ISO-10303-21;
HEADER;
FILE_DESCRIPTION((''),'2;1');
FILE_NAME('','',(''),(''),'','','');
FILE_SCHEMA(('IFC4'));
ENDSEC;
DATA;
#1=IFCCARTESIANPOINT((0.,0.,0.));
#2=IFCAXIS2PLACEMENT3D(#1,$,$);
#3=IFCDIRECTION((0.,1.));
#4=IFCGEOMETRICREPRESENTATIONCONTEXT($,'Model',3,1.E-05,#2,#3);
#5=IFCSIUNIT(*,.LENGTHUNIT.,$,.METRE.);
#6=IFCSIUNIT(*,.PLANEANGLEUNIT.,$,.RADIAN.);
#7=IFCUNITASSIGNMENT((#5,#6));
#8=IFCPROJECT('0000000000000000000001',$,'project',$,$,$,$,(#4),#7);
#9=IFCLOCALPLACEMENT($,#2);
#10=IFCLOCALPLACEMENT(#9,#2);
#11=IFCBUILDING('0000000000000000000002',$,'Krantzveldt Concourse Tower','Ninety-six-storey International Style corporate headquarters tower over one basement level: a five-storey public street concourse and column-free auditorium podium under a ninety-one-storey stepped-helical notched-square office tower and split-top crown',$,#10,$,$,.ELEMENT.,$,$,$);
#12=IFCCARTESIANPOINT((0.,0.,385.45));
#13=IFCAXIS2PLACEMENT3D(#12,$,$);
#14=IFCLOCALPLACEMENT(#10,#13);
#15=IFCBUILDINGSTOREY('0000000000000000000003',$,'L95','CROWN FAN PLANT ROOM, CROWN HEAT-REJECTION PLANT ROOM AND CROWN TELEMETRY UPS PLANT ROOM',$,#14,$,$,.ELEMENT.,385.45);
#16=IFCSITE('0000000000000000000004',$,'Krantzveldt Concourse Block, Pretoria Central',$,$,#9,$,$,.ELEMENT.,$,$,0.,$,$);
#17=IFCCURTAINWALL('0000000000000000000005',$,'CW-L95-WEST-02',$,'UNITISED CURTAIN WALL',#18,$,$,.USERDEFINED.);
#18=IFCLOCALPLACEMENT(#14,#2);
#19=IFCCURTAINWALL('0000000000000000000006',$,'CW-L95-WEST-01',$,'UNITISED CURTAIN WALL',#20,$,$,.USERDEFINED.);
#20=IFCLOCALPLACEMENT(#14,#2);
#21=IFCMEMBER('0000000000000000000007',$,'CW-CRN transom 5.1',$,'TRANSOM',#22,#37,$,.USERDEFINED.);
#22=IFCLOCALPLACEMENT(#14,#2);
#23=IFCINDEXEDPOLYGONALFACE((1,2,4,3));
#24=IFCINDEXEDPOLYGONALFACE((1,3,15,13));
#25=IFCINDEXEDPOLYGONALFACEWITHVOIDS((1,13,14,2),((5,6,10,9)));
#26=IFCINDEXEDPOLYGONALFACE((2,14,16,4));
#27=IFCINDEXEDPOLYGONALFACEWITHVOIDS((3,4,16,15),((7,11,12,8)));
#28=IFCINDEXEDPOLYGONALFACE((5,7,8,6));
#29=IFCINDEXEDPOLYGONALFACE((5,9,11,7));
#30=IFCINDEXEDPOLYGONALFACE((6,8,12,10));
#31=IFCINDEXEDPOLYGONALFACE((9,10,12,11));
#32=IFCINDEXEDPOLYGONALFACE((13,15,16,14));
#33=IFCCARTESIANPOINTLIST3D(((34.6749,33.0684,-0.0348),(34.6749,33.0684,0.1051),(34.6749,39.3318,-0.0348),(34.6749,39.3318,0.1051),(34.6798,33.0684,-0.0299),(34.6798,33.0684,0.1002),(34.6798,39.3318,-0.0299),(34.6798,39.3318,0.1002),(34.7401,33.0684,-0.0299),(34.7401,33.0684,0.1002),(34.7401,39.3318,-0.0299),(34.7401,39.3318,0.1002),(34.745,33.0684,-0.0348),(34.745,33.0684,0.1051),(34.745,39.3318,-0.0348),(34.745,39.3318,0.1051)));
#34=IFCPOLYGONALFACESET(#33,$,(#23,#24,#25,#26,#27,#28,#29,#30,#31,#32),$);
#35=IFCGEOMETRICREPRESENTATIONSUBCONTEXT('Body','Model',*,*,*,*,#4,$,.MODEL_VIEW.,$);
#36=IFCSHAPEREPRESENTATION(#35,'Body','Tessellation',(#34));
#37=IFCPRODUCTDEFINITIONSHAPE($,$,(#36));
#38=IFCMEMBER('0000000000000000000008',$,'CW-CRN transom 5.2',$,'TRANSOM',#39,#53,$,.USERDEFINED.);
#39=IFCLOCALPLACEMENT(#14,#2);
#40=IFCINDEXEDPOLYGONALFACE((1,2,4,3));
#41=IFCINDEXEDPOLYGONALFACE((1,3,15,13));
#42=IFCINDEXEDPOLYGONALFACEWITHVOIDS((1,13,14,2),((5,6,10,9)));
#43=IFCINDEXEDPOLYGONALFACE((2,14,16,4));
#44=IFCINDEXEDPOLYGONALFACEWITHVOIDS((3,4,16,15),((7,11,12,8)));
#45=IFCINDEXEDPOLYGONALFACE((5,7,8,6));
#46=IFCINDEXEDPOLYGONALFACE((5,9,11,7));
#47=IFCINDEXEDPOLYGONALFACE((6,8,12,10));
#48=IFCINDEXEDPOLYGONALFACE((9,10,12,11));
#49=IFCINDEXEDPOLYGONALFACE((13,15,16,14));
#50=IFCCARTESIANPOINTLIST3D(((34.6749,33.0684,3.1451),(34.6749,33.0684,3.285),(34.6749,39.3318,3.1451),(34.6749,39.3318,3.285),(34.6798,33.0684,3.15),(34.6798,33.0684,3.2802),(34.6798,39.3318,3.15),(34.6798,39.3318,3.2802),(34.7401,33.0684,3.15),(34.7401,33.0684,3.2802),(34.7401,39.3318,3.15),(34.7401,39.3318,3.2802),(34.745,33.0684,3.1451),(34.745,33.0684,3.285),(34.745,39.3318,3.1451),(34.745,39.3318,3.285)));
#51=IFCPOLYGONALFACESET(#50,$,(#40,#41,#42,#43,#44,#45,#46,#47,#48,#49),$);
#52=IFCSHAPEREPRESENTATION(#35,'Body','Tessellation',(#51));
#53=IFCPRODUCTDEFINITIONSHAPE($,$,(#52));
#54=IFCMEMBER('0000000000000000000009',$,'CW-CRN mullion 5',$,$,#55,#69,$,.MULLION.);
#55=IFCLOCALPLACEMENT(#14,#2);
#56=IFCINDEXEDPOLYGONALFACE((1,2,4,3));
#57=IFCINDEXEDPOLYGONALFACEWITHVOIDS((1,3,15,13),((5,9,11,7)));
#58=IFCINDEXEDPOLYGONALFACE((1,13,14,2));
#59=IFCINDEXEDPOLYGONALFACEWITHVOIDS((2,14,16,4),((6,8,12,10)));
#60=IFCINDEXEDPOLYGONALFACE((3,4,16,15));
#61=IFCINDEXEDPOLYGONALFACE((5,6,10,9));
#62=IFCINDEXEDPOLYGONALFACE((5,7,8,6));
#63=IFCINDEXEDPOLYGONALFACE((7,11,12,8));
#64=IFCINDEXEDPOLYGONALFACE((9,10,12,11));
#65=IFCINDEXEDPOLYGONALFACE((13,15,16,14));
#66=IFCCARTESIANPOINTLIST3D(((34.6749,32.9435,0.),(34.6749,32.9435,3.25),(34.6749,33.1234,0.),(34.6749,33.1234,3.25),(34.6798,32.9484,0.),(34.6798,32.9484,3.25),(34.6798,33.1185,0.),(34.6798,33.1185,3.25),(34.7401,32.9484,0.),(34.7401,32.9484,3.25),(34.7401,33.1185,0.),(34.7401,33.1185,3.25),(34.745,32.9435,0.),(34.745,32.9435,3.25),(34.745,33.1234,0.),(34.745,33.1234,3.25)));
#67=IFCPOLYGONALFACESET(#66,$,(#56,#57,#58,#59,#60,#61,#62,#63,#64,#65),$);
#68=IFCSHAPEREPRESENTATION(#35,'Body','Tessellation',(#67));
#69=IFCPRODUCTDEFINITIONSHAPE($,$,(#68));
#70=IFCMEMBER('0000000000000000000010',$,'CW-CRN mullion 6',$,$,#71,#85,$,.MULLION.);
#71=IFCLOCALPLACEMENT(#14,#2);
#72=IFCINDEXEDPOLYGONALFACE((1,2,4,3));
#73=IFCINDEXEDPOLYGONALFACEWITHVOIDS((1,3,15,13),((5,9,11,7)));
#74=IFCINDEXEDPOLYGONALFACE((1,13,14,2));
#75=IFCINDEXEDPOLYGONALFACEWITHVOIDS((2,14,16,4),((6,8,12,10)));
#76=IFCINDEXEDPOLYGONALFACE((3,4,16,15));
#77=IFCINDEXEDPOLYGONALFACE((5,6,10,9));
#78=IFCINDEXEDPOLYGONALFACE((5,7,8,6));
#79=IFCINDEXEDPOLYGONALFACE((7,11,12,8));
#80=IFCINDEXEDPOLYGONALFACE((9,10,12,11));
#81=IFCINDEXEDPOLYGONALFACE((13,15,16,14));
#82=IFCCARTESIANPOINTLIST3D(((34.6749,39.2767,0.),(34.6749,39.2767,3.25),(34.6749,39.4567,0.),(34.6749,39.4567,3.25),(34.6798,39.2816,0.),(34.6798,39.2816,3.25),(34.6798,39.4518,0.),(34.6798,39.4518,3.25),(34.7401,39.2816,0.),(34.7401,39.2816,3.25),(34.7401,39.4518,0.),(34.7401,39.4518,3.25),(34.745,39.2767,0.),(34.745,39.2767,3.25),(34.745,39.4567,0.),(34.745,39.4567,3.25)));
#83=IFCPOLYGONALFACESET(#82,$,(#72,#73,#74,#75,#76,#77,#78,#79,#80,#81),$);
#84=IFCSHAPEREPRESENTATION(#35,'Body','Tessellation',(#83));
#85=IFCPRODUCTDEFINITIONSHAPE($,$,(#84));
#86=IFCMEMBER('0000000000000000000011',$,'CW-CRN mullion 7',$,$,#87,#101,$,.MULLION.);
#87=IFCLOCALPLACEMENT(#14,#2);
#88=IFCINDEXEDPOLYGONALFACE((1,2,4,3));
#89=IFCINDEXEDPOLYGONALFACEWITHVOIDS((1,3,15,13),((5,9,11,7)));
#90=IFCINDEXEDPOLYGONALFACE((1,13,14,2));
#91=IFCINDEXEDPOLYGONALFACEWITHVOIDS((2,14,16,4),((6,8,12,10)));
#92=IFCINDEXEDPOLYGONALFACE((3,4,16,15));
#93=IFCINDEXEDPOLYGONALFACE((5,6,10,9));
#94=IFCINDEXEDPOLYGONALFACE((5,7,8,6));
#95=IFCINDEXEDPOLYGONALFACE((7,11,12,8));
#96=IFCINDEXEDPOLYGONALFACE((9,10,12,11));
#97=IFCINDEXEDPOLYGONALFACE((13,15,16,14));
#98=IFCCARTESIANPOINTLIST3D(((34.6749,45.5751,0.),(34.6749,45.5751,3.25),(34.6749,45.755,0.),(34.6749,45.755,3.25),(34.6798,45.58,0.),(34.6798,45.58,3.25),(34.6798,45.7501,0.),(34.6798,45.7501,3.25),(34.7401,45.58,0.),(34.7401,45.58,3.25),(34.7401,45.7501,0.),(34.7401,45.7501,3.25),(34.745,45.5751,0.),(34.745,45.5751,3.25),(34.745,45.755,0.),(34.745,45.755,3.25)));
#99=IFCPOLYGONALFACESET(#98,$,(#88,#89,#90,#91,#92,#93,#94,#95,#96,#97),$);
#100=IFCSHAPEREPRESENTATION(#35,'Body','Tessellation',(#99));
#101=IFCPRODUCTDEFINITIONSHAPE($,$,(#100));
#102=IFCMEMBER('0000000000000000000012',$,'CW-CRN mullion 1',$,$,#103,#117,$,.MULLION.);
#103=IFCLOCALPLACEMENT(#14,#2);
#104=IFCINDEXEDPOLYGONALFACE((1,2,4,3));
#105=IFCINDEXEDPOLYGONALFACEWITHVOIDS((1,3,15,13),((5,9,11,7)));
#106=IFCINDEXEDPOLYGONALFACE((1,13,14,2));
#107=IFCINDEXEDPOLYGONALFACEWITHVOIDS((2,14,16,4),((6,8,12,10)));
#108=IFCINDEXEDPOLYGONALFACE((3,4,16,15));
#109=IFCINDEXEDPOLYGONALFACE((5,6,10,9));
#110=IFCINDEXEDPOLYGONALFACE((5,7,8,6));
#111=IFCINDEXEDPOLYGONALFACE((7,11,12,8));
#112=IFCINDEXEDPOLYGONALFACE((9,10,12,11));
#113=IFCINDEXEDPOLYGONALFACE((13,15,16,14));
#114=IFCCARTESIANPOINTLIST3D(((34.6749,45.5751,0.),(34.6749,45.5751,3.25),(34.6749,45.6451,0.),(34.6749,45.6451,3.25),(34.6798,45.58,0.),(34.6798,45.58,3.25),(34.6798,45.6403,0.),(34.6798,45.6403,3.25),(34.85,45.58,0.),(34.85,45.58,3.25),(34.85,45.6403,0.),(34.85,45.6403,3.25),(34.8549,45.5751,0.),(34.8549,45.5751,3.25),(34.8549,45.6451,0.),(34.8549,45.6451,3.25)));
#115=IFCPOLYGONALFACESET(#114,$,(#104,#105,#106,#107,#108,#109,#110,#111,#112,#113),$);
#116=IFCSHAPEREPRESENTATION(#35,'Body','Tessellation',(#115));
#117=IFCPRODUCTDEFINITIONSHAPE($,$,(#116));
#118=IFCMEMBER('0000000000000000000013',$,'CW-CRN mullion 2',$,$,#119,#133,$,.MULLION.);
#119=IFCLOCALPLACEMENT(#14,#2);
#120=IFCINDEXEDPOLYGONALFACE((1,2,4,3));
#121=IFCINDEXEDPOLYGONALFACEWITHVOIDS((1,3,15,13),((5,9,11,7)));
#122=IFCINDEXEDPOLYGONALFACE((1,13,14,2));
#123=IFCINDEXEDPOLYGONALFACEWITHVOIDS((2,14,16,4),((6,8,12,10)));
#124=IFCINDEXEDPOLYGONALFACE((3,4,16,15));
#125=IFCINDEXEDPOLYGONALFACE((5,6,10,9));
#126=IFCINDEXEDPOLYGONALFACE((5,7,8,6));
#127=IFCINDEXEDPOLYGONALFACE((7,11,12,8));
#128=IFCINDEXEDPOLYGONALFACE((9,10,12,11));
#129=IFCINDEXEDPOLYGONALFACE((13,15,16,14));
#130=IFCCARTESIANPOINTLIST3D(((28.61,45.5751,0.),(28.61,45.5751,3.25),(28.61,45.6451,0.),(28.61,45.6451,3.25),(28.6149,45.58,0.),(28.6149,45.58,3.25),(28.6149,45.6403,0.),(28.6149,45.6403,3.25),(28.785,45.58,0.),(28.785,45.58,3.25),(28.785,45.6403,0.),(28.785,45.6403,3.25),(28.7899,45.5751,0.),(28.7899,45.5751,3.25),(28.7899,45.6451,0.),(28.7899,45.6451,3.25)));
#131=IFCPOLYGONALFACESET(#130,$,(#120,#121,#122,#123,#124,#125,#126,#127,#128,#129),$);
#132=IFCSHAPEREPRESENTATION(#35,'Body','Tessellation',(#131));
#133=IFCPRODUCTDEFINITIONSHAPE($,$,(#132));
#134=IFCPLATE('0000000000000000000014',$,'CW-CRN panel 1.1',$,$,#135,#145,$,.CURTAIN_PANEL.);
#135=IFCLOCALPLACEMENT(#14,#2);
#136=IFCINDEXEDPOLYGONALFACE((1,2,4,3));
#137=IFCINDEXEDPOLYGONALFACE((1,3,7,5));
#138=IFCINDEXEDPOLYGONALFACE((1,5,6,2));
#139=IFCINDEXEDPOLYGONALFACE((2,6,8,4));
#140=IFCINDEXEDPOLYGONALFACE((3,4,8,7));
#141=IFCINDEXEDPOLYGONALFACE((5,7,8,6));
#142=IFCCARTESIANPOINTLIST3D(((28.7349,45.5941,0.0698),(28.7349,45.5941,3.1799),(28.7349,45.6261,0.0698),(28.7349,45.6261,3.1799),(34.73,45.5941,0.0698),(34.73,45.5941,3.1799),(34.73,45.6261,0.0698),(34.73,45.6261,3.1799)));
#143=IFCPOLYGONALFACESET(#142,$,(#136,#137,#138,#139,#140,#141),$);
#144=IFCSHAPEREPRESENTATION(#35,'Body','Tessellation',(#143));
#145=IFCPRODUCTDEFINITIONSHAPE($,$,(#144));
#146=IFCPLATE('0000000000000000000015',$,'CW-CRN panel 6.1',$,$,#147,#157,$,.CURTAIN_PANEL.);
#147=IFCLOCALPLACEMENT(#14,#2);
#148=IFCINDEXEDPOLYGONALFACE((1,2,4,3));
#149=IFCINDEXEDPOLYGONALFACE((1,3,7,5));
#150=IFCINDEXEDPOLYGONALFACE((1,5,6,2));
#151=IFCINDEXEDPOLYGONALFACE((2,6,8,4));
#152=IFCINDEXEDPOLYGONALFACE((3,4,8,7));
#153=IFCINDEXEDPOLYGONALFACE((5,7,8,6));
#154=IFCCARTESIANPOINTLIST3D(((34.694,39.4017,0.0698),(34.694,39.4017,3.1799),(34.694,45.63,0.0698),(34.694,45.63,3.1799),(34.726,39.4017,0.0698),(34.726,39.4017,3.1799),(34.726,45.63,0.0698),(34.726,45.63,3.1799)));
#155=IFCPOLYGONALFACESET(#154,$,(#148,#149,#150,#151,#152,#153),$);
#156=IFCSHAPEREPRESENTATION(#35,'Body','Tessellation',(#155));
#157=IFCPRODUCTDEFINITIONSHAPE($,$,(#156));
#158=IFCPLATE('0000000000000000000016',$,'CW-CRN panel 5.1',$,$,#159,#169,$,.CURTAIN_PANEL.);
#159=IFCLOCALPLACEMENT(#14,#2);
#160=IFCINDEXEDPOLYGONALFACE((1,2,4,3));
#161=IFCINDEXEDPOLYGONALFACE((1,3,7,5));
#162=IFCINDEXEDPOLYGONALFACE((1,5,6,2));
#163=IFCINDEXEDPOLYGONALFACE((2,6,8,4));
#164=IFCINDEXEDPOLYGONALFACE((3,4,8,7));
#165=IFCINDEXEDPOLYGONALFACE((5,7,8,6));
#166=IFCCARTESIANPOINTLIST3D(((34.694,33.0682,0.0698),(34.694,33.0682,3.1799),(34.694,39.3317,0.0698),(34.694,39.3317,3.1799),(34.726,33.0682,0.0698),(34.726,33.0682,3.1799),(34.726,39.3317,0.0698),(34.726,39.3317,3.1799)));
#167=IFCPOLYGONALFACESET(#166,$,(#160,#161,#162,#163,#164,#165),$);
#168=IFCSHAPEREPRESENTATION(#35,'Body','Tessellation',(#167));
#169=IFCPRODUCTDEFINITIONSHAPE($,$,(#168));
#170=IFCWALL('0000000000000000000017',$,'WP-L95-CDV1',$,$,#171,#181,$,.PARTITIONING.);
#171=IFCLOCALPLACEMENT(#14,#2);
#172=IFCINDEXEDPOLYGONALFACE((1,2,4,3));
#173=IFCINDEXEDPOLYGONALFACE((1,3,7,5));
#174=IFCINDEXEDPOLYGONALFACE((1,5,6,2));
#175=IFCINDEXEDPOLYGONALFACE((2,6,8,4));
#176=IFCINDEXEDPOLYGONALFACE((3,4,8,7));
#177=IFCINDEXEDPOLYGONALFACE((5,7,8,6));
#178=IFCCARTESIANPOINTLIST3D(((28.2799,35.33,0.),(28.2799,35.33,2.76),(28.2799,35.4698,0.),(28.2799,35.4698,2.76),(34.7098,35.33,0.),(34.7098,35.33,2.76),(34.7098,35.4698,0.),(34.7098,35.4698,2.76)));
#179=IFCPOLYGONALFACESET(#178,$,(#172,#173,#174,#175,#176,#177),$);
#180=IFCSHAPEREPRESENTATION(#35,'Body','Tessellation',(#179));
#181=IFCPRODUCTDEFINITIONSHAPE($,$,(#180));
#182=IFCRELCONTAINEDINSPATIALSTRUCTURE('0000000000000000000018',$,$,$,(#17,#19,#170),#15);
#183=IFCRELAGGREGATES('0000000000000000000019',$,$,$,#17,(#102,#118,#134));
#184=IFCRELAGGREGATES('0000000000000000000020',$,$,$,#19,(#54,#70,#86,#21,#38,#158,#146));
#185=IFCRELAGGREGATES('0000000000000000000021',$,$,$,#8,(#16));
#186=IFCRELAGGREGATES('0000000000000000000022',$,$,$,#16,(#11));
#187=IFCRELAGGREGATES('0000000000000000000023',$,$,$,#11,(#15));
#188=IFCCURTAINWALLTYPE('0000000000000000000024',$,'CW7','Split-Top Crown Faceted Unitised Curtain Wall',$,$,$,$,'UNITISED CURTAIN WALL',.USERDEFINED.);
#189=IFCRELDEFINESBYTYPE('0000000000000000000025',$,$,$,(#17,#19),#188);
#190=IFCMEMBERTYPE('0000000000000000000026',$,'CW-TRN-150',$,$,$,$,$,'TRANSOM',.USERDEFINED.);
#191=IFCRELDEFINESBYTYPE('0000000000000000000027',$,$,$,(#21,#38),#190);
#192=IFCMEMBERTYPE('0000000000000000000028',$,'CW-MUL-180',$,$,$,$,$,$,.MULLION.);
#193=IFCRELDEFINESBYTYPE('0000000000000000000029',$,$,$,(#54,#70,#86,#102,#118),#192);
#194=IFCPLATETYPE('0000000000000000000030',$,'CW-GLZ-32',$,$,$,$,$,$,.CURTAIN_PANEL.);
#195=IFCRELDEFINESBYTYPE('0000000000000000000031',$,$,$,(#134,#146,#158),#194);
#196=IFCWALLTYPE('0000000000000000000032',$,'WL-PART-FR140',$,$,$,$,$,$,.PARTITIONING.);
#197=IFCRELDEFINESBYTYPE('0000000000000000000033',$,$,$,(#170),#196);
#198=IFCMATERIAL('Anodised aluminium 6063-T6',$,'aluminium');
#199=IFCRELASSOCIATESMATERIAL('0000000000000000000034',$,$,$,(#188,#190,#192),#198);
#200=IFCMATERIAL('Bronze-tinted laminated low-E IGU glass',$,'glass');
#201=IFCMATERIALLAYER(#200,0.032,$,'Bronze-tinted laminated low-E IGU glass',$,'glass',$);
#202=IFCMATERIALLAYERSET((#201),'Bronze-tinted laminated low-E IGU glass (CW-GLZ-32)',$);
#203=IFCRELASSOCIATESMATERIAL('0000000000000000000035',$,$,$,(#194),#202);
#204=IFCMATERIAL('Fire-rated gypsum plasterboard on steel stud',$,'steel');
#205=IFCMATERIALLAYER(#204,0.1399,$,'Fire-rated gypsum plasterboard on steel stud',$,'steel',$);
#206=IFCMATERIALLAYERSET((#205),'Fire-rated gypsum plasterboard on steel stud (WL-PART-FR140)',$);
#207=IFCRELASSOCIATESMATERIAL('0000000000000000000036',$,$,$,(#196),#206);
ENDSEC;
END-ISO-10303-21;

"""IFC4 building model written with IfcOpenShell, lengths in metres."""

from ifc_helpers import new_model, si_unit, direction, frame, frame_2d, origin, origin_2d, place, context, subcontext, project, spatial, rectangle, hollow_rectangle, extrude, source, transform, mapped, material, layer, layer_set, material_profile, profile_set, type_object, type_shapes, element, aggregate, save


model = new_model("IFC4")

# Units and contexts
model_context = context("Model", 3, precision=1e-05, world=origin(), true_north=direction((0.0, 1.0)))
body_context = subcontext(model_context, "Body", "Model", "MODEL_VIEW")
ifc_project = project(units=[si_unit("LENGTHUNIT", "METRE"), si_unit("PLANEANGLEUNIT", "RADIAN")], contexts=[model_context])

# Site, building, storey
site_placement = place(None, origin())
site = spatial("IfcSite", under=ifc_project, at=site_placement, Name="Krantzveldt Concourse Block, Pretoria Central", CompositionType="ELEMENT", RefElevation=0.0)
building_placement = place(site_placement, origin())
building = spatial("IfcBuilding", under=site, at=building_placement, Name="Krantzveldt Concourse Tower", Description="Ninety-six-storey International Style corporate headquarters tower over one basement level: a five-storey public street concourse and column-free auditorium podium under a ninety-one-storey stepped-helical notched-square office tower and split-top crown", CompositionType="ELEMENT")
storey_placement = place(building_placement, frame((0.0, 0.0, 385.45)))
storey = spatial("IfcBuildingStorey", under=building, at=storey_placement, Name="L95", Description="CROWN FAN PLANT ROOM, CROWN HEAT-REJECTION PLANT ROOM AND CROWN TELEMETRY UPS PLANT ROOM", CompositionType="ELEMENT", Elevation=385.45)

# Curtain walls, members
ifc_material_1 = material(Name="Anodised aluminium 6063-T6", Category="aluminium")
curtain_wall_type = type_object("IfcCurtainWallType", Name="CW7", Description="Split-Top Crown Faceted Unitised Curtain Wall", ElementType="UNITISED CURTAIN WALL", PredefinedType="USERDEFINED", material=ifc_material_1)
curtain_wall_1_placement = place(storey_placement, origin())
curtain_wall_1 = element("IfcCurtainWall", 1, at=curtain_wall_1_placement, inside=storey, type_object=curtain_wall_type, Name="CW-L95-WEST-02", ObjectType="UNITISED CURTAIN WALL", PredefinedType="USERDEFINED")
ifc_material_profile_1 = material_profile(ifc_material_1, hollow_rectangle(XDim=0.0701, YDim=0.1399, WallThickness=0.0049, at=origin_2d()), Name="Anodised aluminium 6063-T6", Category="aluminium")
ifc_profile_set_1 = profile_set([ifc_material_profile_1], Name="Anodised aluminium 6063-T6 - ALU-TRAN 140x70x5")
member_type_1 = type_object("IfcMemberType", Name="CW-TRN-150", ElementType="TRANSOM", PredefinedType="USERDEFINED", material=ifc_profile_set_1)
curtain_wall_2_placement = place(storey_placement, origin())
curtain_wall_2 = element("IfcCurtainWall", 2, at=curtain_wall_2_placement, inside=storey, type_object=curtain_wall_type, Name="CW-L95-WEST-01", ObjectType="UNITISED CURTAIN WALL", PredefinedType="USERDEFINED")
shared_shape_1 = source(origin(), body_context, "Body", "SweptSolid", [
    extrude(hollow_rectangle(XDim=0.0701, YDim=0.1399, WallThickness=0.0049, at=origin_2d()), origin(), (0.0, 0.0, 1.0), 6.2634),
])
member_1_placement = place(storey_placement, frame((34.71, 33.0684, 0.0352), z_axis=(0.0, 1.0, 0.0), x_axis=(-1.0, 0.0, 0.0)))
member_1 = element("IfcMember", 3, at=member_1_placement, type_object=member_type_1, Name="CW-CRN transom 5.1", ObjectType="TRANSOM", PredefinedType="USERDEFINED", context=body_context, shape_type="MappedRepresentation", body=[
    mapped(shared_shape_1, transform((0.0, 0.0, 0.0), x_axis=(1.0, 0.0, 0.0), y_axis=(0.0, 1.0, 0.0), z_axis=(0.0, 0.0, 1.0), scale=1.0)),
])
member_2_placement = place(storey_placement, frame((34.71, 33.0684, 3.2151), z_axis=(0.0, 1.0, 0.0), x_axis=(-1.0, 0.0, 0.0)))
member_2 = element("IfcMember", 4, at=member_2_placement, type_object=member_type_1, Name="CW-CRN transom 5.2", ObjectType="TRANSOM", PredefinedType="USERDEFINED", context=body_context, shape_type="MappedRepresentation", body=[
    mapped(shared_shape_1, transform((0.0, 0.0, 0.0), x_axis=(1.0, 0.0, 0.0), y_axis=(0.0, 1.0, 0.0), z_axis=(0.0, 0.0, 1.0), scale=1.0)),
])
ifc_material_profile_2 = material_profile(ifc_material_1, hollow_rectangle(XDim=0.0701, YDim=0.1799, WallThickness=0.0049, at=origin_2d()), Name="Anodised aluminium 6063-T6", Category="aluminium")
ifc_profile_set_2 = profile_set([ifc_material_profile_2], Name="Anodised aluminium 6063-T6 - ALU-MULL 180x70x5")
member_type_2 = type_object("IfcMemberType", Name="CW-MUL-180", PredefinedType="MULLION", material=ifc_profile_set_2)
shared_shape_2 = source(origin(), body_context, "Body", "SweptSolid", [
    extrude(hollow_rectangle(XDim=0.0701, YDim=0.1799, WallThickness=0.0049, at=origin_2d()), origin(), (0.0, 0.0, 1.0), 3.25),
])
type_shapes(member_type_2, [shared_shape_2])
member_3_placement = place(storey_placement, frame((34.71, 33.0334, 0.0), z_axis=(0.0, 0.0, 1.0), x_axis=(-1.0, 0.0, 0.0)))
member_3 = element("IfcMember", 5, at=member_3_placement, type_object=member_type_2, Name="CW-CRN mullion 5", PredefinedType="MULLION", context=body_context, shape_type="MappedRepresentation", body=[
    mapped(shared_shape_2, transform((0.0, 0.0, 0.0), x_axis=(1.0, 0.0, 0.0), y_axis=(0.0, 1.0, 0.0), z_axis=(0.0, 0.0, 1.0), scale=1.0)),
])
member_4_placement = place(storey_placement, frame((34.71, 39.3667, 0.0), z_axis=(0.0, 0.0, 1.0), x_axis=(-1.0, 0.0, 0.0)))
member_4 = element("IfcMember", 6, at=member_4_placement, type_object=member_type_2, Name="CW-CRN mullion 6", PredefinedType="MULLION", context=body_context, shape_type="MappedRepresentation", body=[
    mapped(shared_shape_2, transform((0.0, 0.0, 0.0), x_axis=(1.0, 0.0, 0.0), y_axis=(0.0, 1.0, 0.0), z_axis=(0.0, 0.0, 1.0), scale=1.0)),
])
member_5_placement = place(storey_placement, frame((34.71, 45.665, 0.0), z_axis=(0.0, 0.0, 1.0), x_axis=(-1.0, 0.0, 0.0)))
member_5 = element("IfcMember", 7, at=member_5_placement, type_object=member_type_2, Name="CW-CRN mullion 7", PredefinedType="MULLION", context=body_context, shape_type="MappedRepresentation", body=[
    mapped(shared_shape_2, transform((0.0, 0.0, 0.0), x_axis=(1.0, 0.0, 0.0), y_axis=(0.0, 1.0, 0.0), z_axis=(0.0, 0.0, 1.0), scale=1.0)),
])

# Members
member_6_placement = place(storey_placement, frame((34.7649, 45.6101, 0.0), z_axis=(0.0, 0.0, 1.0), x_axis=(0.0, -1.0, 0.0)))
member_6 = element("IfcMember", 8, at=member_6_placement, type_object=member_type_2, Name="CW-CRN mullion 1", PredefinedType="MULLION", context=body_context, shape_type="MappedRepresentation", body=[
    mapped(shared_shape_2, transform((0.0, 0.0, 0.0), x_axis=(1.0, 0.0, 0.0), y_axis=(0.0, 1.0, 0.0), z_axis=(0.0, 0.0, 1.0), scale=1.0)),
])
member_7_placement = place(storey_placement, frame((28.7, 45.6101, 0.0), z_axis=(0.0, 0.0, 1.0), x_axis=(0.0, -1.0, 0.0)))
member_7 = element("IfcMember", 9, at=member_7_placement, type_object=member_type_2, Name="CW-CRN mullion 2", PredefinedType="MULLION", context=body_context, shape_type="MappedRepresentation", body=[
    mapped(shared_shape_2, transform((0.0, 0.0, 0.0), x_axis=(1.0, 0.0, 0.0), y_axis=(0.0, 1.0, 0.0), z_axis=(0.0, 0.0, 1.0), scale=1.0)),
])

# Plates
ifc_material_2 = material(Name="Bronze-tinted laminated low-E IGU glass", Category="glass")
ifc_layer_1 = layer(ifc_material_2, 0.032, Name="Bronze-tinted laminated low-E IGU glass", Category="glass")
ifc_layer_set_1 = layer_set([ifc_layer_1], Name="Bronze-tinted laminated low-E IGU glass (CW-GLZ-32)")
plate_type = type_object("IfcPlateType", Name="CW-GLZ-32", PredefinedType="CURTAIN_PANEL", material=ifc_layer_set_1)
shared_shape_3 = source(origin(), body_context, "Body", "SweptSolid", [
    extrude(rectangle(XDim=5.9951, YDim=0.032, at=origin_2d()), origin(), (0.0, 0.0, 1.0), 3.1101),
])
plate_1_placement = place(storey_placement, frame((31.7324, 45.6101, 0.0698), z_axis=(0.0, 0.0, 1.0), x_axis=(-1.0, 0.0, 0.0)))
plate_1 = element("IfcPlate", 10, at=plate_1_placement, type_object=plate_type, Name="CW-CRN panel 1.1", PredefinedType="CURTAIN_PANEL", context=body_context, shape_type="MappedRepresentation", body=[
    mapped(shared_shape_3, transform((0.0, 0.0, 0.0), x_axis=(1.0, 0.0, 0.0), y_axis=(0.0, 1.0, 0.0), z_axis=(0.0, 0.0, 1.0), scale=1.0)),
])
aggregate(curtain_wall_1, [member_6, member_7, plate_1])
shared_shape_4 = source(origin(), body_context, "Body", "SweptSolid", [
    extrude(rectangle(XDim=6.2283, YDim=0.032, at=origin_2d()), origin(), (0.0, 0.0, 1.0), 3.1101),
])
plate_2_placement = place(storey_placement, frame((34.71, 42.5159, 0.0698), z_axis=(0.0, 0.0, 1.0), x_axis=(0.0, 1.0, 0.0)))
plate_2 = element("IfcPlate", 11, at=plate_2_placement, type_object=plate_type, Name="CW-CRN panel 6.1", PredefinedType="CURTAIN_PANEL", context=body_context, shape_type="MappedRepresentation", body=[
    mapped(shared_shape_4, transform((0.0, 0.0, 0.0), x_axis=(1.0, 0.0, 0.0), y_axis=(0.0, 1.0, 0.0), z_axis=(0.0, 0.0, 1.0), scale=1.0)),
])
shared_shape_5 = source(origin(), body_context, "Body", "SweptSolid", [
    extrude(rectangle(XDim=6.2634, YDim=0.032, at=origin_2d()), origin(), (0.0, 0.0, 1.0), 3.1101),
])
type_shapes(plate_type, [shared_shape_3, shared_shape_4, shared_shape_5])
plate_3_placement = place(storey_placement, frame((34.71, 36.2, 0.0698), z_axis=(0.0, 0.0, 1.0), x_axis=(0.0, 1.0, 0.0)))
plate_3 = element("IfcPlate", 12, at=plate_3_placement, type_object=plate_type, Name="CW-CRN panel 5.1", PredefinedType="CURTAIN_PANEL", context=body_context, shape_type="MappedRepresentation", body=[
    mapped(shared_shape_5, transform((0.0, 0.0, 0.0), x_axis=(1.0, 0.0, 0.0), y_axis=(0.0, 1.0, 0.0), z_axis=(0.0, 0.0, 1.0), scale=1.0)),
])
aggregate(curtain_wall_2, [member_3, member_4, member_5, member_1, member_2, plate_3, plate_2])

# Wall
ifc_material_3 = material(Name="Fire-rated gypsum plasterboard on steel stud", Category="steel")
ifc_layer_2 = layer(ifc_material_3, 0.1399, Name="Fire-rated gypsum plasterboard on steel stud", Category="steel")
ifc_layer_set_2 = layer_set([ifc_layer_2], Name="Fire-rated gypsum plasterboard on steel stud (WL-PART-FR140)")
wall_type = type_object("IfcWallType", Name="WL-PART-FR140", PredefinedType="PARTITIONING", material=ifc_layer_set_2)
for number, where, z_axis, x_axis, name in (
    (13, (28.28, 35.3999, 0.0), (0.0, 0.0, 1.0), (1.0, 0.0, 0.0), "WP-L95-CDV1"),
):
    element("IfcWall", number, at=place(storey_placement, frame(where, z_axis=z_axis, x_axis=x_axis)), inside=storey, type_object=wall_type, Name=name, PredefinedType="PARTITIONING", context=body_context, shape_type="SweptSolid", body=[
        extrude(rectangle(XDim=6.4299, YDim=0.1399, at=frame_2d((3.2148, 0.0))), origin(), (0.0, 0.0, 1.0), 2.76),
    ])

save(model, "model.ifc")
